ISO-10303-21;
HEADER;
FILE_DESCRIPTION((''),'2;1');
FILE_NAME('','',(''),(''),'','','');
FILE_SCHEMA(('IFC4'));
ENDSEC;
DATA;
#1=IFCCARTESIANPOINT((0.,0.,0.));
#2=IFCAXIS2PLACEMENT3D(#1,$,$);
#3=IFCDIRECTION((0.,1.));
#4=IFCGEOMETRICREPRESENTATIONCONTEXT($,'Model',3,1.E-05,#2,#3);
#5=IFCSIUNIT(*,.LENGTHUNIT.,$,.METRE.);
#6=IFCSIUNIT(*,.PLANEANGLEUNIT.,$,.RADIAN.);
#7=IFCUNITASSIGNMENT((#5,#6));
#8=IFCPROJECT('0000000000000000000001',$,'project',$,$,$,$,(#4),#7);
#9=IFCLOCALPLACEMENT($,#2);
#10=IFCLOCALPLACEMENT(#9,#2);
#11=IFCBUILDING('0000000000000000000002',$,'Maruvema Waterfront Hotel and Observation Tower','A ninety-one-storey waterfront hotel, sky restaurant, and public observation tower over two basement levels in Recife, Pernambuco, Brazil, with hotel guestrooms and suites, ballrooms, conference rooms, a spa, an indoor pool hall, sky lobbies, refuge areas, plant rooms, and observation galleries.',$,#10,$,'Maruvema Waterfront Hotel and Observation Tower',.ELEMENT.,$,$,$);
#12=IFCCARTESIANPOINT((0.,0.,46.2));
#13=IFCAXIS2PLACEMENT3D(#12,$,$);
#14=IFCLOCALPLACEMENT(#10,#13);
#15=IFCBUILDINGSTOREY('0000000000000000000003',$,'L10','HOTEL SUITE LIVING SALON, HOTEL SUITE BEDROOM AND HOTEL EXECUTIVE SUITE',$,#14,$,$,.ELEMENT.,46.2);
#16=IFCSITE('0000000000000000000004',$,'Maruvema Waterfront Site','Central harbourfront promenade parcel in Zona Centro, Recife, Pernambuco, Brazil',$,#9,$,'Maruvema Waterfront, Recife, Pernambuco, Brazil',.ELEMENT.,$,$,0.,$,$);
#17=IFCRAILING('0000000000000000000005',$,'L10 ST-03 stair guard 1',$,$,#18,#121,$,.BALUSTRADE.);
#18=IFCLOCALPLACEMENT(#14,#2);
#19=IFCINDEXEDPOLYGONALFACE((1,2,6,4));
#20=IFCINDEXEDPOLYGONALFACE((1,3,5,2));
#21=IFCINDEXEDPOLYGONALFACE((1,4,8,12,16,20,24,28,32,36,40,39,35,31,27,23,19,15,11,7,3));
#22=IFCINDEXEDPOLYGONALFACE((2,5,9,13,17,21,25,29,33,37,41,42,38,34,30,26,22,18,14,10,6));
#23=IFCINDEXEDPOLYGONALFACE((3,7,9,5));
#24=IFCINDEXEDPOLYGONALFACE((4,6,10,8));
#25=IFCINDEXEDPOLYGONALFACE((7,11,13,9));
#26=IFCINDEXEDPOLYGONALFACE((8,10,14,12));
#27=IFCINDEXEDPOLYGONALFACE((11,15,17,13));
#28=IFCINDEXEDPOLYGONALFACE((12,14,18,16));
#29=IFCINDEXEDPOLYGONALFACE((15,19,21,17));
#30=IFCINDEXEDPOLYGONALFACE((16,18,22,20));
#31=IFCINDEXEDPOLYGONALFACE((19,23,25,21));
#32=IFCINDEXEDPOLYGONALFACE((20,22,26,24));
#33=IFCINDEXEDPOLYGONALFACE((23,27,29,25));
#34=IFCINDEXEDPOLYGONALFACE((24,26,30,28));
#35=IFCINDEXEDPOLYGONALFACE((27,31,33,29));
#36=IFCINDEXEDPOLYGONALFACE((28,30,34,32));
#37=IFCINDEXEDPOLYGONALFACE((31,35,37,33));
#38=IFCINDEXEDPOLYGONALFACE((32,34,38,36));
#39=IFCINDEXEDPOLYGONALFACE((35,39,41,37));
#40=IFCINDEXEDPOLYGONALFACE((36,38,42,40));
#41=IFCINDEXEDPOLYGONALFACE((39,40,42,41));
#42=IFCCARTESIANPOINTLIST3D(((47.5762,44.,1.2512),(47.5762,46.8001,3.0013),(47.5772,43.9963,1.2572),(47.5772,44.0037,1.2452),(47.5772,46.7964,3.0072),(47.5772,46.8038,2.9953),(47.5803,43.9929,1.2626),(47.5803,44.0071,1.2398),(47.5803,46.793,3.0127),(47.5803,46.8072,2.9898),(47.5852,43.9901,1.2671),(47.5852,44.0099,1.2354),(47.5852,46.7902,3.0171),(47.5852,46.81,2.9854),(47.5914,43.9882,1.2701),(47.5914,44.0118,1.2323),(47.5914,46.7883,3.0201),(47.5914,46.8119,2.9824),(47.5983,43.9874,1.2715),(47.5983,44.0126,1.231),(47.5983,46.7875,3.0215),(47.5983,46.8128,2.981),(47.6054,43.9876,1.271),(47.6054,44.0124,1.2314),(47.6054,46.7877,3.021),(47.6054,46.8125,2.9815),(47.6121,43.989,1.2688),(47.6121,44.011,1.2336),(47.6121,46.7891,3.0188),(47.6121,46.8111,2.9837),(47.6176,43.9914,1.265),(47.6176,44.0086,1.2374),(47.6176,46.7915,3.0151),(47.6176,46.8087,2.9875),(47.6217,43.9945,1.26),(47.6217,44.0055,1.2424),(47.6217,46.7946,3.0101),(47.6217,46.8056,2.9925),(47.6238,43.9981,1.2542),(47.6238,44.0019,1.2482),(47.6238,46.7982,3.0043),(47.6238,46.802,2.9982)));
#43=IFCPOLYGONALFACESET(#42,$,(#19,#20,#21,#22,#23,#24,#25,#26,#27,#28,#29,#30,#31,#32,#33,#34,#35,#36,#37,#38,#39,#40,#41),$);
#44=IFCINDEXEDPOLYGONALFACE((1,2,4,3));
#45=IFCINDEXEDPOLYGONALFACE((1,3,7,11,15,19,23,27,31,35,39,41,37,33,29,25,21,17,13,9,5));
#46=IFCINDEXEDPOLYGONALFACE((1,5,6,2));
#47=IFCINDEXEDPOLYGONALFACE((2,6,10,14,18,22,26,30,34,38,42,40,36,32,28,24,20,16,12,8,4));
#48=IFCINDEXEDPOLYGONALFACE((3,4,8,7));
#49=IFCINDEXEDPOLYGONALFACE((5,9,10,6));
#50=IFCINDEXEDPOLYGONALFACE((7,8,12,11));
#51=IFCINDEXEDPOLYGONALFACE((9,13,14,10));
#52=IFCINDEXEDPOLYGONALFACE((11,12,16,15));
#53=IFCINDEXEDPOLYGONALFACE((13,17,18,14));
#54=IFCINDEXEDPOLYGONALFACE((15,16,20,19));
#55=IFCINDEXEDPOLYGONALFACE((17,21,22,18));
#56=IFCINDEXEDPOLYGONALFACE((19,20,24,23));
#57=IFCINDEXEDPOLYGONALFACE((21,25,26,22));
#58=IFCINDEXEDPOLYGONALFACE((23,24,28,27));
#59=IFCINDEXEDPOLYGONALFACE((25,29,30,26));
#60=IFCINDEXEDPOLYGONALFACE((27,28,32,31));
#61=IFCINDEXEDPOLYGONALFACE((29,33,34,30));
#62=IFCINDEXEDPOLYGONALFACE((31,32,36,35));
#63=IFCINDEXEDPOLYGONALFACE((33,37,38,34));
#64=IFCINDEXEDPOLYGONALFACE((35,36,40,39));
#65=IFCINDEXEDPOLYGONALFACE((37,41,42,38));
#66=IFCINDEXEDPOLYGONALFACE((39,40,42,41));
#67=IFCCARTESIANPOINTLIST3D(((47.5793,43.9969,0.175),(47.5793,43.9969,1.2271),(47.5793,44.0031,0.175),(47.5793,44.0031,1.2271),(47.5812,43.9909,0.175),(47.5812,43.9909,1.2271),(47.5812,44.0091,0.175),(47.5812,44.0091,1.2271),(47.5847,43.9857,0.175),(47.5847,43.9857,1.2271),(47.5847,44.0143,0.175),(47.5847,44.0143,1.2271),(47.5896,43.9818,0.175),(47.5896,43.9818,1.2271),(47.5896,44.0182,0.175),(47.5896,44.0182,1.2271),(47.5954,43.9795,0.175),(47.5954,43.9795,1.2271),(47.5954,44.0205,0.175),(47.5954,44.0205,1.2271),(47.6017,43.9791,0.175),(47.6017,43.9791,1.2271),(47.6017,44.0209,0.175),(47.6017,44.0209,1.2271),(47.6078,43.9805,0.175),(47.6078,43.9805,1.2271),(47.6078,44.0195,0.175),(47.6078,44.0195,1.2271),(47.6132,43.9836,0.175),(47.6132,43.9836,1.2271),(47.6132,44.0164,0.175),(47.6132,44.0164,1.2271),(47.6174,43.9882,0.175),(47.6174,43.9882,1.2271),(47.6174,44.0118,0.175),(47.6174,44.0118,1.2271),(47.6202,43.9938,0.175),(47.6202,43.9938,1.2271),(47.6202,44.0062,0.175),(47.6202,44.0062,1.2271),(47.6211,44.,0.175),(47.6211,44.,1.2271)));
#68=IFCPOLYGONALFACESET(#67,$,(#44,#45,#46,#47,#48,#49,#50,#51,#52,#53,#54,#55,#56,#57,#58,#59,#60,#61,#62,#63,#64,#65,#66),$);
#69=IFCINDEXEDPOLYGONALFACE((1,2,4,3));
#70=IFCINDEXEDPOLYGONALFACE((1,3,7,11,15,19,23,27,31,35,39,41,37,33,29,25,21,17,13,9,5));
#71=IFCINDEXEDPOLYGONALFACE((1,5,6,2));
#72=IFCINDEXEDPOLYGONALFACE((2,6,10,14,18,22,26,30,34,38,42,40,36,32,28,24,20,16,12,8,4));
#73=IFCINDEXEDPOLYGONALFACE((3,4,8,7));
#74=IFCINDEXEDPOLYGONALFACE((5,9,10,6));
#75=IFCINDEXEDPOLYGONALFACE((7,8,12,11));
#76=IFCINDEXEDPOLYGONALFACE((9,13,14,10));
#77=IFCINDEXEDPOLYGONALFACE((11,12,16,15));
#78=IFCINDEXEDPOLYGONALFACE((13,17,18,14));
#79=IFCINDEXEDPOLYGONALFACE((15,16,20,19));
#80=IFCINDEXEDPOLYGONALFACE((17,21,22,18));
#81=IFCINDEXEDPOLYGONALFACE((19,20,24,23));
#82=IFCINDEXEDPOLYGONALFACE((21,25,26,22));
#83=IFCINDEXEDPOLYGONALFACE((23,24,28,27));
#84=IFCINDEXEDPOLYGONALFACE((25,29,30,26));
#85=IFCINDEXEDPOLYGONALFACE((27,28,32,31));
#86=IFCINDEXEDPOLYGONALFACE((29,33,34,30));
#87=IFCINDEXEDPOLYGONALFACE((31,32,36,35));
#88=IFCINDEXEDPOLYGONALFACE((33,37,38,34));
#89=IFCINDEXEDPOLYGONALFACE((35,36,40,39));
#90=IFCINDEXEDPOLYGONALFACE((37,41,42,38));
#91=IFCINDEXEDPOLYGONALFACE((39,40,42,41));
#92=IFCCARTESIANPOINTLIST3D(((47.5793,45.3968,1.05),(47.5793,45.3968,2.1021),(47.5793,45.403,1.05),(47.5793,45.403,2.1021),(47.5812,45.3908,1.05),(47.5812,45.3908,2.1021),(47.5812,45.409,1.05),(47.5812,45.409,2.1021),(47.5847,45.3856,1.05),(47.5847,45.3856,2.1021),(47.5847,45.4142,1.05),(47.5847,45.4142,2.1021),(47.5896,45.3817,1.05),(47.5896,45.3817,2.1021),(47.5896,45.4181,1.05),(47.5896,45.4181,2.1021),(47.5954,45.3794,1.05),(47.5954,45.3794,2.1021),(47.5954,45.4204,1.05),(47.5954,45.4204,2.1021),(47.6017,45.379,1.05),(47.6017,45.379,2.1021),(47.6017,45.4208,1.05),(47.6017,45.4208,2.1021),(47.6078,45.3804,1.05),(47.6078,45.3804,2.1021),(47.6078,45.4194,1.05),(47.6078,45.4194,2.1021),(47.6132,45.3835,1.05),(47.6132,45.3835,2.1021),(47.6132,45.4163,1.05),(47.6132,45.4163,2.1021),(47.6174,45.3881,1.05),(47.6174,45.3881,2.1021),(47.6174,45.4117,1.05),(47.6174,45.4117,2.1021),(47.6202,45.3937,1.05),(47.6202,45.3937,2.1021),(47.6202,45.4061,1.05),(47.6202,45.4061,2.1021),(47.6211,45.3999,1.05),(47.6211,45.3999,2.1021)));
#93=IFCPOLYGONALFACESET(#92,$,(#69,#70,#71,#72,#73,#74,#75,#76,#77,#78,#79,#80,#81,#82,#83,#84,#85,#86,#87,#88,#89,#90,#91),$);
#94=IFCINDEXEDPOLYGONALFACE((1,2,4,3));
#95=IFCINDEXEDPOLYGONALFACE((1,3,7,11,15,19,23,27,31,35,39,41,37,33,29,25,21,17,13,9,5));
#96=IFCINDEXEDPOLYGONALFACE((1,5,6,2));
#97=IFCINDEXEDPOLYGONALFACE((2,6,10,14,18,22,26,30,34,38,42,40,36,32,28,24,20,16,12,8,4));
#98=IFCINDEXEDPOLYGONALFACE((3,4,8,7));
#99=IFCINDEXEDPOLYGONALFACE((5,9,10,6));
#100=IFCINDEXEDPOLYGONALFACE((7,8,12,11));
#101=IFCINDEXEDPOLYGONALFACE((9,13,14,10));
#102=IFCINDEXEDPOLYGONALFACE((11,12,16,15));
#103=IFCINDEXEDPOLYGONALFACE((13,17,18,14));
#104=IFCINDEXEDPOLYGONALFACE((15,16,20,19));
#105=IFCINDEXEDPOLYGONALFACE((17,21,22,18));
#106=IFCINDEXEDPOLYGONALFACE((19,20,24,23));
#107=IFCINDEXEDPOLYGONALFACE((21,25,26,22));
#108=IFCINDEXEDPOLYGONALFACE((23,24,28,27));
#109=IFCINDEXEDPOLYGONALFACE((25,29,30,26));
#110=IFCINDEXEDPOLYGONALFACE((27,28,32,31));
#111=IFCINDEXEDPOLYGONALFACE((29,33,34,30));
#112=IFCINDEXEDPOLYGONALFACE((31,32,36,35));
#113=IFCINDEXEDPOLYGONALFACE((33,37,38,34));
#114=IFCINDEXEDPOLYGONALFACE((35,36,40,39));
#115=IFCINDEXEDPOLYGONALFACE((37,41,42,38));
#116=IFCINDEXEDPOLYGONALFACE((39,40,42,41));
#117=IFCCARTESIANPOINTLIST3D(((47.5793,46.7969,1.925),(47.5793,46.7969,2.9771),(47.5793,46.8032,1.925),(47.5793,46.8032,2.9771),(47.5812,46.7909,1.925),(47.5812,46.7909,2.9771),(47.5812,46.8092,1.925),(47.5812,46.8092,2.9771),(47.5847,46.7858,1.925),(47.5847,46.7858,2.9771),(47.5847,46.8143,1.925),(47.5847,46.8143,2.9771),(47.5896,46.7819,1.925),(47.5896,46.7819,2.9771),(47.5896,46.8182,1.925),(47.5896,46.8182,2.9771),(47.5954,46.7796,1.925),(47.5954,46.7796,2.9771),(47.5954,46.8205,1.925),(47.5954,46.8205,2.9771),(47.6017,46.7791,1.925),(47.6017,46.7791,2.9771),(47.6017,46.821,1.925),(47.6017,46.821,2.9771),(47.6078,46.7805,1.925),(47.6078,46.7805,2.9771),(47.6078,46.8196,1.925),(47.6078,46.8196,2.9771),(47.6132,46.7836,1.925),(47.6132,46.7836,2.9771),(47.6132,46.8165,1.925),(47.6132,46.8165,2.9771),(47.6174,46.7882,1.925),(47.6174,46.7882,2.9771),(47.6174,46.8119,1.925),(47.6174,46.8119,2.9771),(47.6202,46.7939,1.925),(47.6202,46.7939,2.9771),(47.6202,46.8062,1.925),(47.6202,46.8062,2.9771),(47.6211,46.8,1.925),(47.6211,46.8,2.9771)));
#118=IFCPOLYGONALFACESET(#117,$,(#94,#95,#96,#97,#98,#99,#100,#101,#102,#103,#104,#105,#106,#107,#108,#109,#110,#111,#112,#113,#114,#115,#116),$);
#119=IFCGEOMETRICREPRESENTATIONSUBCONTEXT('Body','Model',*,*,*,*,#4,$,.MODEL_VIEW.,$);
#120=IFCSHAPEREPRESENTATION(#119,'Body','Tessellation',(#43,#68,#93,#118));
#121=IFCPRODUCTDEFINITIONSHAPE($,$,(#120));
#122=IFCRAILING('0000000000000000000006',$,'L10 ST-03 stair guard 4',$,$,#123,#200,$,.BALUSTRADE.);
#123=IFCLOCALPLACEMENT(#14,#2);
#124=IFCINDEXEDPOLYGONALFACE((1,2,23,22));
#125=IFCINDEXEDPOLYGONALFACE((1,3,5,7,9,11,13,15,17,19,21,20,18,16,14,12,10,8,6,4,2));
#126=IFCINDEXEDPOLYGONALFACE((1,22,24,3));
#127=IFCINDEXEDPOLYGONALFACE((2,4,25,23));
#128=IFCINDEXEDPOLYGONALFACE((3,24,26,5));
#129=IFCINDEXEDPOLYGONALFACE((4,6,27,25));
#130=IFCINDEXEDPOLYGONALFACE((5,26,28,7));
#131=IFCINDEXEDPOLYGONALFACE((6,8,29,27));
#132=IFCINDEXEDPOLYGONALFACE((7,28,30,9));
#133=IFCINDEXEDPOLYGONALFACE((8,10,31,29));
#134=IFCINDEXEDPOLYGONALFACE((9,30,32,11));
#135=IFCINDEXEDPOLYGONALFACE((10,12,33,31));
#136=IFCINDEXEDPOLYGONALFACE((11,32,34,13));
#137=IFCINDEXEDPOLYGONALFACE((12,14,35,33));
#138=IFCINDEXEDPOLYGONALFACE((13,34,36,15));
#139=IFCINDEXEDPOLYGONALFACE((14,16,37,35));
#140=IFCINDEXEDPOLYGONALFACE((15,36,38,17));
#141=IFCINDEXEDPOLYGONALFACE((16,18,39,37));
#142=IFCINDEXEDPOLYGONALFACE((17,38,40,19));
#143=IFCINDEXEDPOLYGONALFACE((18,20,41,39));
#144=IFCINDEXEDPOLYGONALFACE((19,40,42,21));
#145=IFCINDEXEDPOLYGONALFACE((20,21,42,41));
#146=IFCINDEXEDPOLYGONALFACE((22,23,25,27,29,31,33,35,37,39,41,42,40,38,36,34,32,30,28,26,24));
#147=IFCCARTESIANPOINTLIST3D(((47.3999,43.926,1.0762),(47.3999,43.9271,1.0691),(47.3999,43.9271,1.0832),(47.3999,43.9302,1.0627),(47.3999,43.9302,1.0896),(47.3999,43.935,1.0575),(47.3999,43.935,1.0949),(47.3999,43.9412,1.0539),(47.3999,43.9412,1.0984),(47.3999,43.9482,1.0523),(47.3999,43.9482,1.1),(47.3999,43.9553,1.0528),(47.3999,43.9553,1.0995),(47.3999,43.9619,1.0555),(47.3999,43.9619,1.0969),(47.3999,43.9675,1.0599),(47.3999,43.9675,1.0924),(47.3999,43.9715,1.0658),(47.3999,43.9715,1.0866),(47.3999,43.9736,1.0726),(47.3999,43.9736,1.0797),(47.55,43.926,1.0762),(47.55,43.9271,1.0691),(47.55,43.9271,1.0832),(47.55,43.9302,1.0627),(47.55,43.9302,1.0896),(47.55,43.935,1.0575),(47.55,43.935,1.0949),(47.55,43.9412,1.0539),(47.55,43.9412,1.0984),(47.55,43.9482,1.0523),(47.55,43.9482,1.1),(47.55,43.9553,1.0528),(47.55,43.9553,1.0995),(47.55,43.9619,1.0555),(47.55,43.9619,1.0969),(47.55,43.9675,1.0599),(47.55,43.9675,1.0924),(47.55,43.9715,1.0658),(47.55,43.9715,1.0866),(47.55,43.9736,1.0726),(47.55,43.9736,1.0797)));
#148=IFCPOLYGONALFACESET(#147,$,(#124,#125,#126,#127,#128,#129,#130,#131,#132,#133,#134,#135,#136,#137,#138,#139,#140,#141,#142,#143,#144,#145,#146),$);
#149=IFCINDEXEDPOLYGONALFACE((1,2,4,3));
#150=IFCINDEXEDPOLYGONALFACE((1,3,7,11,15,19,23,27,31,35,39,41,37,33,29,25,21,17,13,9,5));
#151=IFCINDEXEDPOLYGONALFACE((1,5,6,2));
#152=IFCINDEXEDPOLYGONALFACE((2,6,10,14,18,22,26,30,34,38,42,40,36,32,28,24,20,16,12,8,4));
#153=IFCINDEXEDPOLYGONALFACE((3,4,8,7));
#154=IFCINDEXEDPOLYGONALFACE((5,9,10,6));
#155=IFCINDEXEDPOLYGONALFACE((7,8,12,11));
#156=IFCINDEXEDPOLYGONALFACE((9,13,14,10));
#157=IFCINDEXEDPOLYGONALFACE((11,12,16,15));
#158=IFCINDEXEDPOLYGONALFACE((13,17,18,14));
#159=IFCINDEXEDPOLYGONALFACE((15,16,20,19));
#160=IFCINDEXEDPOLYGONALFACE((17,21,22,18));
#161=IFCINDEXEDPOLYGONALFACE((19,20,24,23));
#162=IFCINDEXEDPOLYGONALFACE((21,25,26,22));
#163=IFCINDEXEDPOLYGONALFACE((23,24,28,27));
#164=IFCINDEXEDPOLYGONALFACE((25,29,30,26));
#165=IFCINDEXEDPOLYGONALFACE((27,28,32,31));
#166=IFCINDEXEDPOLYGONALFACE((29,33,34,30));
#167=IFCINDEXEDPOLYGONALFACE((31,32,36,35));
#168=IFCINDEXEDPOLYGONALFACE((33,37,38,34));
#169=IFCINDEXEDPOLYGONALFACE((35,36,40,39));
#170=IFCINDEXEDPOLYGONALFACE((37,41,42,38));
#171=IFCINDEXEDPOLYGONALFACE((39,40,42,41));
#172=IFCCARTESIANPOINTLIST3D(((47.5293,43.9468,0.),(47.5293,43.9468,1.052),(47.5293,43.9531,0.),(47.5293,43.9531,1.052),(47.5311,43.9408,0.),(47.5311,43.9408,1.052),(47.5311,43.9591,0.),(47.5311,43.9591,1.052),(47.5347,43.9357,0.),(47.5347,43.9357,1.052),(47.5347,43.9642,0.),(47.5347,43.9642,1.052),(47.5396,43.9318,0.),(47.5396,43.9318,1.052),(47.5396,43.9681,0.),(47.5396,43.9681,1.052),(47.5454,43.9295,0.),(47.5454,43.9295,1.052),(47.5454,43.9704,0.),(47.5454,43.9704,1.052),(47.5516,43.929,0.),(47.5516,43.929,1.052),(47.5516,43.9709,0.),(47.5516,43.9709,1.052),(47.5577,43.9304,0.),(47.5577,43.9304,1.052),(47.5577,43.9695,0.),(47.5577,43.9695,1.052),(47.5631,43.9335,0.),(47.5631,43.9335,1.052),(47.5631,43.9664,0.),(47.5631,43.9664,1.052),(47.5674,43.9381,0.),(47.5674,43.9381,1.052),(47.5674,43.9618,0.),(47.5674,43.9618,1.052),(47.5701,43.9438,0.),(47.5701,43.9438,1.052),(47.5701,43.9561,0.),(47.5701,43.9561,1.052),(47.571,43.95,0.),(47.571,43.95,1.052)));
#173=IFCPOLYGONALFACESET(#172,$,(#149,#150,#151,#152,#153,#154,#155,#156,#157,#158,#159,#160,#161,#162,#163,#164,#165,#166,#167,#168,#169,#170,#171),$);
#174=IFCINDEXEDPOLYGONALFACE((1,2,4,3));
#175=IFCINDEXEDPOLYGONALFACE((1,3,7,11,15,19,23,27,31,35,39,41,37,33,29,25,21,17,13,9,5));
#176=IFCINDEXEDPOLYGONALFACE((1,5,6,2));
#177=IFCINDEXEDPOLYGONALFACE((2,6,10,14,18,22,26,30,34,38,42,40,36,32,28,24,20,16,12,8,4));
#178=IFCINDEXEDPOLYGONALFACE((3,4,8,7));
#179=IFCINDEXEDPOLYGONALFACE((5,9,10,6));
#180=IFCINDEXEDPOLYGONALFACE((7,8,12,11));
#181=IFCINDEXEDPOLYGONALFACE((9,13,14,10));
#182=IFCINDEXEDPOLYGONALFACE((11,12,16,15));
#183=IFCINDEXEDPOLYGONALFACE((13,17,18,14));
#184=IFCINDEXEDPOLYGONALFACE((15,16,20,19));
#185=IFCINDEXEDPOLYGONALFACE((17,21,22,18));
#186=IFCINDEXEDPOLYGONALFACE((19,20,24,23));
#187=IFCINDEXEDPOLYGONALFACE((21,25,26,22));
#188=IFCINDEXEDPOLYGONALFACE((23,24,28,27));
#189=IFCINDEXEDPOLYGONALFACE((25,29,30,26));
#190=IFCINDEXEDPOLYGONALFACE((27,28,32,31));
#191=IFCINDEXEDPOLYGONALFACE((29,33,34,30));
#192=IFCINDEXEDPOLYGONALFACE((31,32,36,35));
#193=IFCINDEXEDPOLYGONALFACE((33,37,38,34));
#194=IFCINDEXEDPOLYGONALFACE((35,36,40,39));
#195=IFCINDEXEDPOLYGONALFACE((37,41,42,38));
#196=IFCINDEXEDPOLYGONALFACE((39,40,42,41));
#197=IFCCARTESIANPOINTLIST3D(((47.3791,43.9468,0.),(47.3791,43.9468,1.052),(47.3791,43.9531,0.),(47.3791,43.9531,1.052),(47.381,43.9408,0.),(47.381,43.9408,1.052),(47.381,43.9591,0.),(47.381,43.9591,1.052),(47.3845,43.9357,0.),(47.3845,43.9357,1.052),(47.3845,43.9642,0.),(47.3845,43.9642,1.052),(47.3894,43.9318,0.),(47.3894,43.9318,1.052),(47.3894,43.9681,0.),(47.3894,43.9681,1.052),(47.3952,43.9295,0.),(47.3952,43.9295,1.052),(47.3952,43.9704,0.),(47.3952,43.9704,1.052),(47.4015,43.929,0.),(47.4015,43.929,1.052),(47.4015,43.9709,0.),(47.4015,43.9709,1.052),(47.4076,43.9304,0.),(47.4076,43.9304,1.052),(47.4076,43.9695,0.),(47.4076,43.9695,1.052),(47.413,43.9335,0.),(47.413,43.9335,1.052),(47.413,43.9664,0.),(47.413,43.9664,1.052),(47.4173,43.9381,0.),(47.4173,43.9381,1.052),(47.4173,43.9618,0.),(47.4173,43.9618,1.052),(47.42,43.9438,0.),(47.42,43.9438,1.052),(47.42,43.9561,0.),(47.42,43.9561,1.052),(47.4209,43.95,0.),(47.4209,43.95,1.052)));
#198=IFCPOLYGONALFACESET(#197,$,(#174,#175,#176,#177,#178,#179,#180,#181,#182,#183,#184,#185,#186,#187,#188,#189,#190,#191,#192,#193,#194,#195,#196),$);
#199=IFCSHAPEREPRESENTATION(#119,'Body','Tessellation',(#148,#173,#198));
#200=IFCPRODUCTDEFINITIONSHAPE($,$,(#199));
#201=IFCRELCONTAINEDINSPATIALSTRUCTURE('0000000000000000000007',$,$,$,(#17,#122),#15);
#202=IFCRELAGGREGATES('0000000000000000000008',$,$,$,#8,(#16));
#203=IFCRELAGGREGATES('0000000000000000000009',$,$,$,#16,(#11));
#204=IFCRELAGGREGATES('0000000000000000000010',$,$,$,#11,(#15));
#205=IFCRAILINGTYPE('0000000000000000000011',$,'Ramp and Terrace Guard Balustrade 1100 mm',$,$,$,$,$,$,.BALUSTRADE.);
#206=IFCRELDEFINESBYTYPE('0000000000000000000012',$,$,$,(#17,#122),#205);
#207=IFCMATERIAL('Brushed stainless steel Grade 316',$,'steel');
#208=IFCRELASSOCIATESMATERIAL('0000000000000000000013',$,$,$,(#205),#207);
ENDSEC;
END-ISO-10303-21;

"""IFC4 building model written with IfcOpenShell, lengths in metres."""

from ifc_helpers import new_model, si_unit, direction, frame, origin, origin_2d, place, context, subcontext, project, spatial, circle, extrude, material, type_object, element, save


model = new_model("IFC4")

# Units and contexts
model_context = context("Model", 3, precision=1e-05, world=origin(), true_north=direction((0.0, 1.0)))
body_context = subcontext(model_context, "Body", "Model", "MODEL_VIEW")
ifc_project = project(units=[si_unit("LENGTHUNIT", "METRE"), si_unit("PLANEANGLEUNIT", "RADIAN")], contexts=[model_context])

# Site, building, storey
site_placement = place(None, origin())
site = spatial("IfcSite", under=ifc_project, at=site_placement, Name="Maruvema Waterfront Site", Description="Central harbourfront promenade parcel in Zona Centro, Recife, Pernambuco, Brazil", LongName="Maruvema Waterfront, Recife, Pernambuco, Brazil", CompositionType="ELEMENT", RefElevation=0.0)
building_placement = place(site_placement, origin())
building = spatial("IfcBuilding", under=site, at=building_placement, Name="Maruvema Waterfront Hotel and Observation Tower", Description="A ninety-one-storey waterfront hotel, sky restaurant, and public observation tower over two basement levels in Recife, Pernambuco, Brazil, with hotel guestrooms and suites, ballrooms, conference rooms, a spa, an indoor pool hall, sky lobbies, refuge areas, plant rooms, and observation galleries.", LongName="Maruvema Waterfront Hotel and Observation Tower", CompositionType="ELEMENT")
storey_placement = place(building_placement, frame((0.0, 0.0, 46.2)))
storey = spatial("IfcBuildingStorey", under=building, at=storey_placement, Name="L10", Description="HOTEL SUITE LIVING SALON, HOTEL SUITE BEDROOM AND HOTEL EXECUTIVE SUITE", CompositionType="ELEMENT", Elevation=46.2)

# Railings
ifc_material_1 = material(Name="Brushed stainless steel Grade 316", Category="steel")
railing_type_1 = type_object("IfcRailingType", Name="Ramp and Terrace Guard Balustrade 1100 mm", PredefinedType="BALUSTRADE", material=ifc_material_1)
railing_1_placement = place(storey_placement, frame((47.6001, 44.0, 0.175)))
element("IfcRailing", 1, at=railing_1_placement, inside=storey, type_object=railing_type_1, Name="L10 ST-03 stair guard 1", PredefinedType="BALUSTRADE", context=body_context, shape_type="SweptSolid", body=[
    extrude(circle(Radius=0.0239, at=origin_2d()), frame((0.0, 0.0, 1.0762), z_axis=(0.0, 0.848002, 0.529992), x_axis=(-1.0, 0.0, 0.0)), (0.0, 0.0, 1.0), 3.302),
    extrude(circle(Radius=0.021, at=origin_2d()), origin(), (0.0, 0.0, 1.0), 1.052),
    extrude(circle(Radius=0.021, at=origin_2d()), frame((0.0, 1.3999, 0.875)), (0.0, 0.0, 1.0), 1.052),
    extrude(circle(Radius=0.021, at=origin_2d()), frame((0.0, 2.8, 1.75)), (0.0, 0.0, 1.0), 1.052),
])
railing_2_placement = place(storey_placement, frame((47.55, 43.95, 0.0)))
element("IfcRailing", 2, at=railing_2_placement, inside=storey, type_object=railing_type_1, Name="L10 ST-03 stair guard 4", PredefinedType="BALUSTRADE", context=body_context, shape_type="SweptSolid", body=[
    extrude(circle(Radius=0.0239, at=origin_2d()), frame((0.0, 0.0, 1.0762), z_axis=(-1.0, 0.0, 0.0), x_axis=(0.0, -1.0, 0.0)), (0.0, 0.0, 1.0), 0.1501),
    extrude(circle(Radius=0.021, at=origin_2d()), origin(), (0.0, 0.0, 1.0), 1.052),
    extrude(circle(Radius=0.021, at=origin_2d()), frame((-0.1501, 0.0, 0.0)), (0.0, 0.0, 1.0), 1.052),
])

save(model, "model.ifc")
